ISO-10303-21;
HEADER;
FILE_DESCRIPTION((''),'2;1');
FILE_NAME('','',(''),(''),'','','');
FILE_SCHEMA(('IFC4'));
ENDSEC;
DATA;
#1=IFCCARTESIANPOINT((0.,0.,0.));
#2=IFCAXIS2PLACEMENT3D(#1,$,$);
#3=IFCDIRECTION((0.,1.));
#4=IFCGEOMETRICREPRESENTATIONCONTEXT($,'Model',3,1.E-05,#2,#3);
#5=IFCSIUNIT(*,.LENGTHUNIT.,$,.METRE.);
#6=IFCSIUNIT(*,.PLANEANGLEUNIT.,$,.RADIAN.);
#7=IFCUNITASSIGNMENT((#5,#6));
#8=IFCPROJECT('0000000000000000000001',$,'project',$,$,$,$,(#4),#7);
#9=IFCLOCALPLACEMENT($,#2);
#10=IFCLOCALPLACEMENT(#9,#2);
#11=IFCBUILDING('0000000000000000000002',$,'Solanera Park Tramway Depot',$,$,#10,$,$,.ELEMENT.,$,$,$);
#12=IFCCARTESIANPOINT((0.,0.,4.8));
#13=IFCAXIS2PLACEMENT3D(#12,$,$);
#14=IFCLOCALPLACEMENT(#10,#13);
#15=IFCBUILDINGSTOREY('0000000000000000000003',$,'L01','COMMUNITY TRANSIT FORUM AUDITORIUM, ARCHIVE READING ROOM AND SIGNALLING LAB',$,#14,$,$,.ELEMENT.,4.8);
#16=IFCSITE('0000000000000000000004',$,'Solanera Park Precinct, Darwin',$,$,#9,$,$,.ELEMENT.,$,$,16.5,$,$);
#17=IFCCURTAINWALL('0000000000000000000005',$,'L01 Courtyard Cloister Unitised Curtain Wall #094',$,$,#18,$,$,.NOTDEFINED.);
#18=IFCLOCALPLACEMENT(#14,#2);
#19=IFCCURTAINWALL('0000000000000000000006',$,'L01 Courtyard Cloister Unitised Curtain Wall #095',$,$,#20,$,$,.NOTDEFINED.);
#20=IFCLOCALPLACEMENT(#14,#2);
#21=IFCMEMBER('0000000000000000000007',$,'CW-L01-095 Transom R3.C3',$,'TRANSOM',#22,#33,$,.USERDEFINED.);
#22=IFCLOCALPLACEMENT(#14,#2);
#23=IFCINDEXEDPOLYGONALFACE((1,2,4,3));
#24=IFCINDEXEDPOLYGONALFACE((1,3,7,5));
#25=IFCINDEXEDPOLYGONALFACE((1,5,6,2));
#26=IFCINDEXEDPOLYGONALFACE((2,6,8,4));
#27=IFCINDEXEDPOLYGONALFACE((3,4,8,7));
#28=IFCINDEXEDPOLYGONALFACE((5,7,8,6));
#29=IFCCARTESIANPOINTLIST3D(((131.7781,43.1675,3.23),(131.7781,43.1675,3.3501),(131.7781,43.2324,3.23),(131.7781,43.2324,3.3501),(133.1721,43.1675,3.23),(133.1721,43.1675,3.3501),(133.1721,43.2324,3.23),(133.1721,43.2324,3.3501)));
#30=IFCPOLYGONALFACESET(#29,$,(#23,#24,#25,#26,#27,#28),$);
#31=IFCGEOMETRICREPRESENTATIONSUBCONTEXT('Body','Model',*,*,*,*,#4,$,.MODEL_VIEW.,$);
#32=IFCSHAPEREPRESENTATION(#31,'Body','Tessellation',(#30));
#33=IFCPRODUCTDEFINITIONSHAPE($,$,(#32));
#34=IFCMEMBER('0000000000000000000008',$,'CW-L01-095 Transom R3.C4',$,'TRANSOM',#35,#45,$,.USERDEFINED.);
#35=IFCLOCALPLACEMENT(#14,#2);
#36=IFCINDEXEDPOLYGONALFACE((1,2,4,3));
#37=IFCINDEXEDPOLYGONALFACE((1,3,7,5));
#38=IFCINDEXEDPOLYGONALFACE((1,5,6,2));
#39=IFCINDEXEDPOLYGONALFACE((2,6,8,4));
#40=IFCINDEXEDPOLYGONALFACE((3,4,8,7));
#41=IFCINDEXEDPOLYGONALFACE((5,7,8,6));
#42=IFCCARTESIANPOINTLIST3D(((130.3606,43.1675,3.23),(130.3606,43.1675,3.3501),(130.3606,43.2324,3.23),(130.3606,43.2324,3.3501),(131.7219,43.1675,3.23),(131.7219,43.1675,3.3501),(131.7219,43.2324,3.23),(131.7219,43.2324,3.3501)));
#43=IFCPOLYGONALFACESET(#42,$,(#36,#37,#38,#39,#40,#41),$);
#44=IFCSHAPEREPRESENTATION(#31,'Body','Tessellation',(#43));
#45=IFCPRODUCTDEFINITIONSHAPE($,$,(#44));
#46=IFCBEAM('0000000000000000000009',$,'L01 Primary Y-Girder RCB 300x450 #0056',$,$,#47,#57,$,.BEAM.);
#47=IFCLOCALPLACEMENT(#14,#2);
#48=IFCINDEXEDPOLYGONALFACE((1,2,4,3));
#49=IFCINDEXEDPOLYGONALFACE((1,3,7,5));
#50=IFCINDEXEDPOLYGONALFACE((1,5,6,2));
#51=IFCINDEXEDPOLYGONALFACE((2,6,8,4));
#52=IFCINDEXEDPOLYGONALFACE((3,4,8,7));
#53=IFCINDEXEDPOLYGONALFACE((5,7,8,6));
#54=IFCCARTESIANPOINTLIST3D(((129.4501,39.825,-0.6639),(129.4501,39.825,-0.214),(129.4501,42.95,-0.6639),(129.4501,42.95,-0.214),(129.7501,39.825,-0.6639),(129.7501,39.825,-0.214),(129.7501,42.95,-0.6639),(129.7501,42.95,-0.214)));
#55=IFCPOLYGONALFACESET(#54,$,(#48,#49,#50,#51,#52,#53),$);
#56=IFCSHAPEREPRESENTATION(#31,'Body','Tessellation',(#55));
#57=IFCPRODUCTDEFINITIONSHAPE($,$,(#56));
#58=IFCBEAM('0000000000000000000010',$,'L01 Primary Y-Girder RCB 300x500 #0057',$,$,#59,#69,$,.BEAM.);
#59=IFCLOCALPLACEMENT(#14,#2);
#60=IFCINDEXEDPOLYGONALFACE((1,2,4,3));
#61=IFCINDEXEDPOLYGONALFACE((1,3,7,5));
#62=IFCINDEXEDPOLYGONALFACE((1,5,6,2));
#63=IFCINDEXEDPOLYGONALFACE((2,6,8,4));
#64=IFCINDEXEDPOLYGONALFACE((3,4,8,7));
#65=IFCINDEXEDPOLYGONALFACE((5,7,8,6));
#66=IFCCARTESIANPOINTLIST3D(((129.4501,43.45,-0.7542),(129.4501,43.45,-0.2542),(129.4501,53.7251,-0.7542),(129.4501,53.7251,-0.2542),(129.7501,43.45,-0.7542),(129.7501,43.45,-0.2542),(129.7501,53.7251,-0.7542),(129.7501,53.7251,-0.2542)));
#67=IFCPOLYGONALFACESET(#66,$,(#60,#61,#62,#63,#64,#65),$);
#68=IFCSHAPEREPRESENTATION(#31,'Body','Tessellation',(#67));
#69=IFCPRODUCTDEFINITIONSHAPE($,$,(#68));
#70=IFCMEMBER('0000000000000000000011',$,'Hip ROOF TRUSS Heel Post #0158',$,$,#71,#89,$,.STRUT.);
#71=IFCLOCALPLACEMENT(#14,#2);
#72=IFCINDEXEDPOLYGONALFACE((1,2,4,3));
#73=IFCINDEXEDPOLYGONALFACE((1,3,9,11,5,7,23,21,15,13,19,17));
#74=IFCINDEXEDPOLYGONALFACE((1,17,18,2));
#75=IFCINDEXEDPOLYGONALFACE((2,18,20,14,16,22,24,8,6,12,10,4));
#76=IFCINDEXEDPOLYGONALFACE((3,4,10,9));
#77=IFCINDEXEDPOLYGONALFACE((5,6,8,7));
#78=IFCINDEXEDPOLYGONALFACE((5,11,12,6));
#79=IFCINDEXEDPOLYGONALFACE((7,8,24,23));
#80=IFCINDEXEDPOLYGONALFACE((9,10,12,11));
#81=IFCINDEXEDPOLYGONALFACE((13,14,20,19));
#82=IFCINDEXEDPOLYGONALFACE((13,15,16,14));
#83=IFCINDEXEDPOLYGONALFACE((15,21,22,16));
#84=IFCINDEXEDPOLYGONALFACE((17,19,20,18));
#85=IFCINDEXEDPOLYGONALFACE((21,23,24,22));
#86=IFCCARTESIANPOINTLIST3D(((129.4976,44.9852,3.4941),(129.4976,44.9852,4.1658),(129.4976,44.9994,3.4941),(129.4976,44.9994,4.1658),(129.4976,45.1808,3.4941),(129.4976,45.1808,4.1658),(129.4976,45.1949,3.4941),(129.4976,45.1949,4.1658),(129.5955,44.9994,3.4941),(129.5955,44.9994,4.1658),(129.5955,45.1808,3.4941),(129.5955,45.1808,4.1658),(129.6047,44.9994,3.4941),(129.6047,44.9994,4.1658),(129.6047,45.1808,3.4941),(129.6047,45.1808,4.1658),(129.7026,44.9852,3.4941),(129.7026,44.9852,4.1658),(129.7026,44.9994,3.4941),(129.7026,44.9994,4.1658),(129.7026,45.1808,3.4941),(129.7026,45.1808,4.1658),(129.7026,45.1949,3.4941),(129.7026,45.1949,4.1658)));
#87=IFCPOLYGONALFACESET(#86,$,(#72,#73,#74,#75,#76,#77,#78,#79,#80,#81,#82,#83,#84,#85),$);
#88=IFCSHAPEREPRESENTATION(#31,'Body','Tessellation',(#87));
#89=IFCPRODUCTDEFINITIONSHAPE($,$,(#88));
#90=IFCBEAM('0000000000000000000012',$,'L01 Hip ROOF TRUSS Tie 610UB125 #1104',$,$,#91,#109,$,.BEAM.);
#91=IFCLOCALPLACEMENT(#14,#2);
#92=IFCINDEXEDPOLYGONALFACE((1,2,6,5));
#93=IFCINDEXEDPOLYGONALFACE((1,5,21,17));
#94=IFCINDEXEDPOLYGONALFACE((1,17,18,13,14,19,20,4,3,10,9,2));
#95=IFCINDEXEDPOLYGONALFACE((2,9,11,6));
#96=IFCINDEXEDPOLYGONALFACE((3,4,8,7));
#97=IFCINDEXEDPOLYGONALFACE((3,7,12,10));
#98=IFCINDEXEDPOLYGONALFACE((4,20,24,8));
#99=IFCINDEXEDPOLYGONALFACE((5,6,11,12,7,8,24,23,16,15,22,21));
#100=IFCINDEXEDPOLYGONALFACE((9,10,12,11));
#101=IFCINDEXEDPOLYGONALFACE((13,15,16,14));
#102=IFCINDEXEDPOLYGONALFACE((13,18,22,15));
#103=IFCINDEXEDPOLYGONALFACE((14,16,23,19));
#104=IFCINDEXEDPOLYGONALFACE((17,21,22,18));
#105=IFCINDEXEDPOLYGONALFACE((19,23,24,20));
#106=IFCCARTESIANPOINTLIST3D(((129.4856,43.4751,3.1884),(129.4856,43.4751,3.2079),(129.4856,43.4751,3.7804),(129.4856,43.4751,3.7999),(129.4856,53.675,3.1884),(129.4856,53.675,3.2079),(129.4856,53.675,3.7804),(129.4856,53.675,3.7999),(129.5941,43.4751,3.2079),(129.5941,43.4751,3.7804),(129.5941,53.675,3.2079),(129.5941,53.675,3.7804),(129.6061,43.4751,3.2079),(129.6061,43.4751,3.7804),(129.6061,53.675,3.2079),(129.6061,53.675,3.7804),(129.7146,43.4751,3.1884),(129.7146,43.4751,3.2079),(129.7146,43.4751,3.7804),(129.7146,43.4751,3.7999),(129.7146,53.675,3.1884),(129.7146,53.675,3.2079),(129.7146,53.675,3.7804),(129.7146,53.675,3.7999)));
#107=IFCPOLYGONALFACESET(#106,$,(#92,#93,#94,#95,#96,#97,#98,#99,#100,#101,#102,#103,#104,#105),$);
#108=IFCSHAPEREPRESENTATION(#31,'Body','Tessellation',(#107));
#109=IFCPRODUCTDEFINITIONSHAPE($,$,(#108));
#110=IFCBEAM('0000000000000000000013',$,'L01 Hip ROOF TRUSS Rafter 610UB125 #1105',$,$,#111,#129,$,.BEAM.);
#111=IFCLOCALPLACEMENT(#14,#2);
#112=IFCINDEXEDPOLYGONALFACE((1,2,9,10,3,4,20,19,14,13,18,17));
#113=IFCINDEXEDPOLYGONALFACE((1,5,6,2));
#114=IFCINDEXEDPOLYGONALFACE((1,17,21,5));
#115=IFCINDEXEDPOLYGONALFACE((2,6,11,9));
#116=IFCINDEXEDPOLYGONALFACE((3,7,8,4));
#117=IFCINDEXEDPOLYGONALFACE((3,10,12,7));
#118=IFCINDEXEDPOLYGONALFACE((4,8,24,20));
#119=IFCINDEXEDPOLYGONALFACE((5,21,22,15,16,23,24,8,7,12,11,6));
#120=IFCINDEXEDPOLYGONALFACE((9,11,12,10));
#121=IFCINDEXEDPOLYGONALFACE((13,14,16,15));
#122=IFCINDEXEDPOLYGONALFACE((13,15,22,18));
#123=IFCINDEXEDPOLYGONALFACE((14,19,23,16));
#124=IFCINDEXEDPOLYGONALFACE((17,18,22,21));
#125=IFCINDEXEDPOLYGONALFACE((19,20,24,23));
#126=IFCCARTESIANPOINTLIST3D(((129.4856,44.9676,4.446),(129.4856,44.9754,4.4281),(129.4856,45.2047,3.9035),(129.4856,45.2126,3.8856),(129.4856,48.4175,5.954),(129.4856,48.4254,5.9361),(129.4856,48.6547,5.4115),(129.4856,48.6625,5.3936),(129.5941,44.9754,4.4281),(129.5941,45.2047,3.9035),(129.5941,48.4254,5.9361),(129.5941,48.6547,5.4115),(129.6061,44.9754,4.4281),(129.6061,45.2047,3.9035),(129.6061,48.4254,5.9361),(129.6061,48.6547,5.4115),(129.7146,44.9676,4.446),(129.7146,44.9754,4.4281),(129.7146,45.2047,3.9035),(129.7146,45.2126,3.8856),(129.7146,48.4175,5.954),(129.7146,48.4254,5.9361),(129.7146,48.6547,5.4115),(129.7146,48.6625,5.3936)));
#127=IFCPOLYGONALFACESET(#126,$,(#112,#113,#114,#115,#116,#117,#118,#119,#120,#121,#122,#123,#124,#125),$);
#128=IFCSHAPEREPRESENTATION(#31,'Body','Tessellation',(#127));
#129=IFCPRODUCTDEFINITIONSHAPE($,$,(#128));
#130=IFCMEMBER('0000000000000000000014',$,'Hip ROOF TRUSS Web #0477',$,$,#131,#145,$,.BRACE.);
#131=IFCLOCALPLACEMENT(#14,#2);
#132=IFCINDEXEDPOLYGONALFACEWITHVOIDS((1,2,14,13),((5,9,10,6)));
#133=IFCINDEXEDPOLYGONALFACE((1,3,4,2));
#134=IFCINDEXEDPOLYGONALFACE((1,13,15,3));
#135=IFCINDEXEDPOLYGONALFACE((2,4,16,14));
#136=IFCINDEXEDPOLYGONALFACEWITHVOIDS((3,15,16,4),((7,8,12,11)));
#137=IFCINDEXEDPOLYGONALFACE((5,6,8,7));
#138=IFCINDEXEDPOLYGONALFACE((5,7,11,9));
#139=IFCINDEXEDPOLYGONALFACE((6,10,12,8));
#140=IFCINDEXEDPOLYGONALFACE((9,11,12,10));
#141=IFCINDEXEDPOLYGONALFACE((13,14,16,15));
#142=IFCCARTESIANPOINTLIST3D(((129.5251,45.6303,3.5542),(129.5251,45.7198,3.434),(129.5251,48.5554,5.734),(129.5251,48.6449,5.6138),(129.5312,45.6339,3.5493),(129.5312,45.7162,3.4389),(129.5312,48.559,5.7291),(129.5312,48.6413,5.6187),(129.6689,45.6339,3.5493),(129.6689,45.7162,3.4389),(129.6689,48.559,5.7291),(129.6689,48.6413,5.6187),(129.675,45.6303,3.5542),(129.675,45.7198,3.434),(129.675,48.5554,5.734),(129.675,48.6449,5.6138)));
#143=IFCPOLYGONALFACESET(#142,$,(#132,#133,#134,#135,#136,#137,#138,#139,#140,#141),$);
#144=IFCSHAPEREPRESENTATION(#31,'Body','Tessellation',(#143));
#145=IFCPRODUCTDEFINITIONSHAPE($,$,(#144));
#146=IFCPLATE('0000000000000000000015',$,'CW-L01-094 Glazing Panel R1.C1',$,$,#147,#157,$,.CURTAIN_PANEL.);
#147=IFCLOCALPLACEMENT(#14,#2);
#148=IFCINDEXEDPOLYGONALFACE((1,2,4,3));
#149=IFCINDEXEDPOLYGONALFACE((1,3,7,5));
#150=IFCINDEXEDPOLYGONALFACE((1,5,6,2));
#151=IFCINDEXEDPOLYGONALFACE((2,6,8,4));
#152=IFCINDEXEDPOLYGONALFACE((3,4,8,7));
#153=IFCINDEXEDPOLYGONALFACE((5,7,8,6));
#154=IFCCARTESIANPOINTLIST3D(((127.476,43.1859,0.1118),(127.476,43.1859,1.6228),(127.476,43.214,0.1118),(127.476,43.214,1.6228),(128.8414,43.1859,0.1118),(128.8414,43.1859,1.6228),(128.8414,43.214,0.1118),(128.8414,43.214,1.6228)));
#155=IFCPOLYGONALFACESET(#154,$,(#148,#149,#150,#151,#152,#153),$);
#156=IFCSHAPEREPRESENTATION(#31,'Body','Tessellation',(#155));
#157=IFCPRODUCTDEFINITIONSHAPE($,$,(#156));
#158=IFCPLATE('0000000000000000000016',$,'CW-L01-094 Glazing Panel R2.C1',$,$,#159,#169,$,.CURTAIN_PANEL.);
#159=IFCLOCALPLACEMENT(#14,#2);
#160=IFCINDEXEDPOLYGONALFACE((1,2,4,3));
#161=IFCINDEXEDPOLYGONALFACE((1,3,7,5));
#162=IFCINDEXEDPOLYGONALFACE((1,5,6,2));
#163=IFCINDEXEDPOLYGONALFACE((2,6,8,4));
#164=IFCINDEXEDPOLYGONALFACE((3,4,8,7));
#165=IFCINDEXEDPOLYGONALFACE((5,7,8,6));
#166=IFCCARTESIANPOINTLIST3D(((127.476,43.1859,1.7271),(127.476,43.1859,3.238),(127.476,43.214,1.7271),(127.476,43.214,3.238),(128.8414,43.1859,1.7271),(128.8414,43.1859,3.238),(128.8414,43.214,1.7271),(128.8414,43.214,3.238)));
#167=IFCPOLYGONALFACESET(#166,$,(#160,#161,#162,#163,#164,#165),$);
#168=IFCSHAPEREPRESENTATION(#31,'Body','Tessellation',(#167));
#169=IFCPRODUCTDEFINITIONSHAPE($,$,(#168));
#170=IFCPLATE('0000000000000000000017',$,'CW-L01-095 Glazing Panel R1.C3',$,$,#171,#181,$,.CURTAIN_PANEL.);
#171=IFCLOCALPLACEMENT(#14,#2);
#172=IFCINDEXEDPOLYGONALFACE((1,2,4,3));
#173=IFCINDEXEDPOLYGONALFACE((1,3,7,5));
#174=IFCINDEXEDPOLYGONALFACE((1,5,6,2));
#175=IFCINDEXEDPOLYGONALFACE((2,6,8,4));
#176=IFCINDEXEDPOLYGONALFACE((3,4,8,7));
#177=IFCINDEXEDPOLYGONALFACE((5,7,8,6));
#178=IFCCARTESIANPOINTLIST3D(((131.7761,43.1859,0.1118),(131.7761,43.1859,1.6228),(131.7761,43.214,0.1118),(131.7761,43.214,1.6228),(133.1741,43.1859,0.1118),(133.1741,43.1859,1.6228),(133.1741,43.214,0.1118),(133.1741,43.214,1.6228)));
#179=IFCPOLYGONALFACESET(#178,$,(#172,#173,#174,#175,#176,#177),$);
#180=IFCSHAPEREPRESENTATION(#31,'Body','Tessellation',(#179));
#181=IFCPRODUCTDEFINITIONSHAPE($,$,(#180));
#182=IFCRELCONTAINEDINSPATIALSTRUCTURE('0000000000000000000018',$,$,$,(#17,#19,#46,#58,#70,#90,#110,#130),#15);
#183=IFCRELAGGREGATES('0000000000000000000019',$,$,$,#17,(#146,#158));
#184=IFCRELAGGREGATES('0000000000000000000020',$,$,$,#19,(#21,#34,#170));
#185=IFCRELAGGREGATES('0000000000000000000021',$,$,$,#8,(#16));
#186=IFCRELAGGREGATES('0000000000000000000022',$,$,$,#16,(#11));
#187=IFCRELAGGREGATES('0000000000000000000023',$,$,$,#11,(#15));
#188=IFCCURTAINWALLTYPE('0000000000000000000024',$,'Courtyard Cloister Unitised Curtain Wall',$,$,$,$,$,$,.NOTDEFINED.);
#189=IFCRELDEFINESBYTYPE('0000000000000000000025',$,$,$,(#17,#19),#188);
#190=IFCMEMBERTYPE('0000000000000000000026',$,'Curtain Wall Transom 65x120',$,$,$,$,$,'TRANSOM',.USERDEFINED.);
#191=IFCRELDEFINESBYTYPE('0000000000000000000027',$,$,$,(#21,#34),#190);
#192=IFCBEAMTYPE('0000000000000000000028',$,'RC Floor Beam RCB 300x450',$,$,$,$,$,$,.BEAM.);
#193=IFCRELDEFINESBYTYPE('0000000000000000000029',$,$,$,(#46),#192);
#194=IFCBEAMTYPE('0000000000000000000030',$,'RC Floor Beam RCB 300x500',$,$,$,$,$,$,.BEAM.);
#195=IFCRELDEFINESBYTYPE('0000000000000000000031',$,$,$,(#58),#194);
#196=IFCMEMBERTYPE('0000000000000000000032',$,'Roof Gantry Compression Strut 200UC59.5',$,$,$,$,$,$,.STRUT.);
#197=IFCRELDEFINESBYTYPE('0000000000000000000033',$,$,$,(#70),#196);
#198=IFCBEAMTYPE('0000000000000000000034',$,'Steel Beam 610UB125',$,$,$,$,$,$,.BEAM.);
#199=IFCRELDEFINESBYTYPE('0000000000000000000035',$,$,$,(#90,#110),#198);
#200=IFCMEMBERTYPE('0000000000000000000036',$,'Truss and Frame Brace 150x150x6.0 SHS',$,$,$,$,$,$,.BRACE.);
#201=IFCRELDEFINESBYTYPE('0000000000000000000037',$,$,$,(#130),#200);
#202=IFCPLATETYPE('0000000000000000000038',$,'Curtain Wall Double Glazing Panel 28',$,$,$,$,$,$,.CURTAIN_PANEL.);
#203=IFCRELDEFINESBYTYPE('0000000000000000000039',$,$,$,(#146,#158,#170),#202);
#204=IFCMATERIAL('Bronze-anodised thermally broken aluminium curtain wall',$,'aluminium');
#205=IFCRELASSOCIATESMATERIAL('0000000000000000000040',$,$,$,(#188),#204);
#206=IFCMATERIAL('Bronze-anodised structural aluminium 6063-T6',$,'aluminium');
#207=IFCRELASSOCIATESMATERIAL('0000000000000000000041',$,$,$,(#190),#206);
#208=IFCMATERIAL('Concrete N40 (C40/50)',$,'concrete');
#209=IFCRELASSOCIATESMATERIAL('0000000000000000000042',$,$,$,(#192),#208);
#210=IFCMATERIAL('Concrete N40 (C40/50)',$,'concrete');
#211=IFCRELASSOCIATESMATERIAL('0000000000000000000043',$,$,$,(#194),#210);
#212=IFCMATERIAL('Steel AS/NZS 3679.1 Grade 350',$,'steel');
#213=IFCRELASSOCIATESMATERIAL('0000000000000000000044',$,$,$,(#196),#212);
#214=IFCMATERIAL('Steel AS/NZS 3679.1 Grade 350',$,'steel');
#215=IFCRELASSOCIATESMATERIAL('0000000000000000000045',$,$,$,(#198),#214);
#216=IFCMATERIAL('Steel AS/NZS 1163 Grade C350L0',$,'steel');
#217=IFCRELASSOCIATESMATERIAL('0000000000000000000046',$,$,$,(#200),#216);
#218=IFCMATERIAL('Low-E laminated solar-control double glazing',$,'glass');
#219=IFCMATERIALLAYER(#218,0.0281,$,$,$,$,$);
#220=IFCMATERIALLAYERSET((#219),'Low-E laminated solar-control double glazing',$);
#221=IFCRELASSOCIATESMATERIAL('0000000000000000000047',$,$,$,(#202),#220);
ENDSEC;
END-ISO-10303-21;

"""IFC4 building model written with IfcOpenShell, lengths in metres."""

from ifc_helpers import new_model, si_unit, direction, frame, origin, origin_2d, place, context, subcontext, project, spatial, rectangle, hollow_rectangle, i_section, extrude, material, layer, layer_set, material_profile, profile_set, type_object, element, aggregate, save


model = new_model("IFC4")

# Units and contexts
model_context = context("Model", 3, precision=1e-05, world=origin(), true_north=direction((0.0, 1.0)))
body_context = subcontext(model_context, "Body", "Model", "MODEL_VIEW")
ifc_project = project(units=[si_unit("LENGTHUNIT", "METRE"), si_unit("PLANEANGLEUNIT", "RADIAN")], contexts=[model_context])

# Site, building, storey
site_placement = place(None, origin())
site = spatial("IfcSite", under=ifc_project, at=site_placement, Name="Solanera Park Precinct, Darwin", CompositionType="ELEMENT", RefElevation=16.5)
building_placement = place(site_placement, origin())
building = spatial("IfcBuilding", under=site, at=building_placement, Name="Solanera Park Tramway Depot", CompositionType="ELEMENT")
storey_placement = place(building_placement, frame((0.0, 0.0, 4.8)))
storey = spatial("IfcBuildingStorey", under=building, at=storey_placement, Name="L01", Description="COMMUNITY TRANSIT FORUM AUDITORIUM, ARCHIVE READING ROOM AND SIGNALLING LAB", CompositionType="ELEMENT", Elevation=4.8)

# Curtain walls
ifc_material_1 = material(Name="Bronze-anodised thermally broken aluminium curtain wall", Category="aluminium")
curtain_wall_type = type_object("IfcCurtainWallType", Name="Courtyard Cloister Unitised Curtain Wall", PredefinedType="NOTDEFINED", material=ifc_material_1)
curtain_wall_1_placement = place(storey_placement, origin())
curtain_wall_1 = element("IfcCurtainWall", 1, at=curtain_wall_1_placement, inside=storey, type_object=curtain_wall_type, Name="L01 Courtyard Cloister Unitised Curtain Wall #094", PredefinedType="NOTDEFINED")
curtain_wall_2_placement = place(storey_placement, origin())
curtain_wall_2 = element("IfcCurtainWall", 2, at=curtain_wall_2_placement, inside=storey, type_object=curtain_wall_type, Name="L01 Courtyard Cloister Unitised Curtain Wall #095", PredefinedType="NOTDEFINED")

# Members
ifc_material_2 = material(Name="Bronze-anodised structural aluminium 6063-T6", Category="aluminium")
ifc_material_profile_1 = material_profile(ifc_material_2, rectangle(XDim=0.0649, YDim=0.1201, at=origin_2d()), Name="Curtain Wall Transom 65x120")
ifc_profile_set_1 = profile_set([ifc_material_profile_1], Name="Bronze-anodised structural aluminium 6063-T6")
member_type_1 = type_object("IfcMemberType", Name="Curtain Wall Transom 65x120", ElementType="TRANSOM", PredefinedType="USERDEFINED", material=ifc_profile_set_1)
member_1_placement = place(storey_placement, frame((133.1721, 43.2, 3.29), z_axis=(-1.0, 0.0, 0.0), x_axis=(0.0, -1.0, 0.0)))
member_1 = element("IfcMember", 3, at=member_1_placement, type_object=member_type_1, Name="CW-L01-095 Transom R3.C3", ObjectType="TRANSOM", PredefinedType="USERDEFINED", context=body_context, shape_type="SweptSolid", body=[
    extrude(rectangle(XDim=0.0649, YDim=0.1201, at=origin_2d()), origin(), (0.0, 0.0, 1.0), 1.394),
])
member_2_placement = place(storey_placement, frame((131.7219, 43.2, 3.29), z_axis=(-1.0, 0.0, 0.0), x_axis=(0.0, -1.0, 0.0)))
member_2 = element("IfcMember", 4, at=member_2_placement, type_object=member_type_1, Name="CW-L01-095 Transom R3.C4", ObjectType="TRANSOM", PredefinedType="USERDEFINED", context=body_context, shape_type="SweptSolid", body=[
    extrude(rectangle(XDim=0.0649, YDim=0.1201, at=origin_2d()), origin(), (0.0, 0.0, 1.0), 1.3613),
])

# Beams
ifc_material_3 = material(Name="Concrete N40 (C40/50)", Category="concrete")
ifc_material_profile_2 = material_profile(ifc_material_3, rectangle(XDim=0.3, YDim=0.45, at=origin_2d()), Name="RCB 300x450")
ifc_profile_set_2 = profile_set([ifc_material_profile_2], Name="Concrete N40 (C40/50)")
beam_type_1 = type_object("IfcBeamType", Name="RC Floor Beam RCB 300x450", PredefinedType="BEAM", material=ifc_profile_set_2)
beam_1_placement = place(storey_placement, frame((129.6001, 39.825, -0.439), z_axis=(0.0, 1.0, 0.0), x_axis=(-1.0, 0.0, 0.0)))
element("IfcBeam", 5, at=beam_1_placement, inside=storey, type_object=beam_type_1, Name="L01 Primary Y-Girder RCB 300x450 #0056", PredefinedType="BEAM", context=body_context, shape_type="SweptSolid", body=[
    extrude(rectangle(XDim=0.3, YDim=0.45, at=origin_2d()), origin(), (0.0, 0.0, 1.0), 3.125),
])
ifc_material_4 = material(Name="Concrete N40 (C40/50)", Category="concrete")
ifc_material_profile_3 = material_profile(ifc_material_4, rectangle(XDim=0.3, YDim=0.5, at=origin_2d()), Name="RCB 300x500")
ifc_profile_set_3 = profile_set([ifc_material_profile_3], Name="Concrete N40 (C40/50)")
beam_type_2 = type_object("IfcBeamType", Name="RC Floor Beam RCB 300x500", PredefinedType="BEAM", material=ifc_profile_set_3)
beam_2_placement = place(storey_placement, frame((129.6001, 43.45, -0.5042), z_axis=(0.0, 1.0, 0.0), x_axis=(-1.0, 0.0, 0.0)))
element("IfcBeam", 6, at=beam_2_placement, inside=storey, type_object=beam_type_2, Name="L01 Primary Y-Girder RCB 300x500 #0057", PredefinedType="BEAM", context=body_context, shape_type="SweptSolid", body=[
    extrude(rectangle(XDim=0.3, YDim=0.5, at=origin_2d()), origin(), (0.0, 0.0, 1.0), 10.2751),
])

# Member
ifc_material_5 = material(Name="Steel AS/NZS 3679.1 Grade 350", Category="steel")
ifc_material_profile_4 = material_profile(ifc_material_5, i_section(OverallWidth=0.2051, OverallDepth=0.2097, WebThickness=0.0093, FlangeThickness=0.0142, at=origin_2d()), Name="200UC59.5")
ifc_profile_set_4 = profile_set([ifc_material_profile_4], Name="Steel AS/NZS 3679.1 Grade 350")
member_type_2 = type_object("IfcMemberType", Name="Roof Gantry Compression Strut 200UC59.5", PredefinedType="STRUT", material=ifc_profile_set_4)
member_3_placement = place(storey_placement, frame((129.6001, 45.0901, 3.4941), z_axis=(0.0, 0.0, 1.0), x_axis=(1.0, 0.0, 0.0)))
element("IfcMember", 7, at=member_3_placement, inside=storey, type_object=member_type_2, Name="Hip ROOF TRUSS Heel Post #0158", PredefinedType="STRUT", context=body_context, shape_type="SweptSolid", body=[
    extrude(i_section(OverallWidth=0.2051, OverallDepth=0.2097, WebThickness=0.0093, FlangeThickness=0.0142, at=origin_2d()), origin(), (0.0, 0.0, 1.0), 0.6716),
])

# Beams
ifc_material_6 = material(Name="Steel AS/NZS 3679.1 Grade 350", Category="steel")
ifc_material_profile_5 = material_profile(ifc_material_6, i_section(OverallWidth=0.229, OverallDepth=0.6116, WebThickness=0.012, FlangeThickness=0.0195, at=origin_2d()), Name="610UB125")
ifc_profile_set_5 = profile_set([ifc_material_profile_5], Name="Steel AS/NZS 3679.1 Grade 350")
beam_type_3 = type_object("IfcBeamType", Name="Steel Beam 610UB125", PredefinedType="BEAM", material=ifc_profile_set_5)
beam_3_placement = place(storey_placement, frame((129.6001, 43.4751, 3.4941), z_axis=(0.0, 1.0, 0.0), x_axis=(-1.0, 0.0, 0.0)))
element("IfcBeam", 8, at=beam_3_placement, inside=storey, type_object=beam_type_3, Name="L01 Hip ROOF TRUSS Tie 610UB125 #1104", PredefinedType="BEAM", context=body_context, shape_type="SweptSolid", body=[
    extrude(i_section(OverallWidth=0.229, OverallDepth=0.6116, WebThickness=0.012, FlangeThickness=0.0195, at=origin_2d()), origin(), (0.0, 0.0, 1.0), 10.2),
])
beam_4_placement = place(storey_placement, frame((129.6001, 45.0901, 4.1658), z_axis=(0.0, 0.916284, 0.40053), x_axis=(-1.0, 0.0, 0.0)))
element("IfcBeam", 9, at=beam_4_placement, inside=storey, type_object=beam_type_3, Name="L01 Hip ROOF TRUSS Rafter 610UB125 #1105", PredefinedType="BEAM", context=body_context, shape_type="SweptSolid", body=[
    extrude(i_section(OverallWidth=0.229, OverallDepth=0.6116, WebThickness=0.012, FlangeThickness=0.0195, at=origin_2d()), origin(), (0.0, 0.0, 1.0), 3.7651),
])

# Member
ifc_material_7 = material(Name="Steel AS/NZS 1163 Grade C350L0", Category="steel")
ifc_material_profile_6 = material_profile(ifc_material_7, hollow_rectangle(XDim=0.1499, YDim=0.1499, WallThickness=0.0061, at=origin_2d()), Name="150x150x6.0 SHS")
ifc_profile_set_6 = profile_set([ifc_material_profile_6], Name="Steel AS/NZS 1163 Grade C350L0")
member_type_3 = type_object("IfcMemberType", Name="Truss and Frame Brace 150x150x6.0 SHS", PredefinedType="BRACE", material=ifc_profile_set_6)
member_4_placement = place(storey_placement, frame((129.6001, 45.675, 3.4941), z_axis=(0.0, 0.801851, 0.597524), x_axis=(-1.0, 0.0, 0.0)))
element("IfcMember", 10, at=member_4_placement, inside=storey, type_object=member_type_3, Name="Hip ROOF TRUSS Web #0477", PredefinedType="BRACE", context=body_context, shape_type="SweptSolid", body=[
    extrude(hollow_rectangle(XDim=0.1499, YDim=0.1499, WallThickness=0.0061, at=origin_2d()), origin(), (0.0, 0.0, 1.0), 3.6479),
])

# Plates
ifc_material_8 = material(Name="Low-E laminated solar-control double glazing", Category="glass")
ifc_layer_1 = layer(ifc_material_8, 0.0281)
ifc_layer_set_1 = layer_set([ifc_layer_1], Name="Low-E laminated solar-control double glazing")
plate_type_1 = type_object("IfcPlateType", Name="Curtain Wall Double Glazing Panel 28", PredefinedType="CURTAIN_PANEL", material=ifc_layer_set_1)
plate_1_placement = place(storey_placement, frame((128.1587, 43.2, 0.1118), z_axis=(0.0, 0.0, 1.0), x_axis=(-1.0, 0.0, 0.0)))
plate_1 = element("IfcPlate", 11, at=plate_1_placement, type_object=plate_type_1, Name="CW-L01-094 Glazing Panel R1.C1", PredefinedType="CURTAIN_PANEL", context=body_context, shape_type="SweptSolid", body=[
    extrude(rectangle(XDim=1.3655, YDim=0.0281, at=origin_2d()), origin(), (0.0, 0.0, 1.0), 1.511),
])
plate_2_placement = place(storey_placement, frame((128.1587, 43.2, 1.7271), z_axis=(0.0, 0.0, 1.0), x_axis=(-1.0, 0.0, 0.0)))
plate_2 = element("IfcPlate", 12, at=plate_2_placement, type_object=plate_type_1, Name="CW-L01-094 Glazing Panel R2.C1", PredefinedType="CURTAIN_PANEL", context=body_context, shape_type="SweptSolid", body=[
    extrude(rectangle(XDim=1.3655, YDim=0.0281, at=origin_2d()), origin(), (0.0, 0.0, 1.0), 1.511),
])
aggregate(curtain_wall_1, [plate_1, plate_2])
plate_3_placement = place(storey_placement, frame((132.4751, 43.2, 0.1118), z_axis=(0.0, 0.0, 1.0), x_axis=(-1.0, 0.0, 0.0)))
plate_3 = element("IfcPlate", 13, at=plate_3_placement, type_object=plate_type_1, Name="CW-L01-095 Glazing Panel R1.C3", PredefinedType="CURTAIN_PANEL", context=body_context, shape_type="SweptSolid", body=[
    extrude(rectangle(XDim=1.3979, YDim=0.0281, at=origin_2d()), origin(), (0.0, 0.0, 1.0), 1.511),
])
aggregate(curtain_wall_2, [member_1, member_2, plate_3])

save(model, "model.ifc")
